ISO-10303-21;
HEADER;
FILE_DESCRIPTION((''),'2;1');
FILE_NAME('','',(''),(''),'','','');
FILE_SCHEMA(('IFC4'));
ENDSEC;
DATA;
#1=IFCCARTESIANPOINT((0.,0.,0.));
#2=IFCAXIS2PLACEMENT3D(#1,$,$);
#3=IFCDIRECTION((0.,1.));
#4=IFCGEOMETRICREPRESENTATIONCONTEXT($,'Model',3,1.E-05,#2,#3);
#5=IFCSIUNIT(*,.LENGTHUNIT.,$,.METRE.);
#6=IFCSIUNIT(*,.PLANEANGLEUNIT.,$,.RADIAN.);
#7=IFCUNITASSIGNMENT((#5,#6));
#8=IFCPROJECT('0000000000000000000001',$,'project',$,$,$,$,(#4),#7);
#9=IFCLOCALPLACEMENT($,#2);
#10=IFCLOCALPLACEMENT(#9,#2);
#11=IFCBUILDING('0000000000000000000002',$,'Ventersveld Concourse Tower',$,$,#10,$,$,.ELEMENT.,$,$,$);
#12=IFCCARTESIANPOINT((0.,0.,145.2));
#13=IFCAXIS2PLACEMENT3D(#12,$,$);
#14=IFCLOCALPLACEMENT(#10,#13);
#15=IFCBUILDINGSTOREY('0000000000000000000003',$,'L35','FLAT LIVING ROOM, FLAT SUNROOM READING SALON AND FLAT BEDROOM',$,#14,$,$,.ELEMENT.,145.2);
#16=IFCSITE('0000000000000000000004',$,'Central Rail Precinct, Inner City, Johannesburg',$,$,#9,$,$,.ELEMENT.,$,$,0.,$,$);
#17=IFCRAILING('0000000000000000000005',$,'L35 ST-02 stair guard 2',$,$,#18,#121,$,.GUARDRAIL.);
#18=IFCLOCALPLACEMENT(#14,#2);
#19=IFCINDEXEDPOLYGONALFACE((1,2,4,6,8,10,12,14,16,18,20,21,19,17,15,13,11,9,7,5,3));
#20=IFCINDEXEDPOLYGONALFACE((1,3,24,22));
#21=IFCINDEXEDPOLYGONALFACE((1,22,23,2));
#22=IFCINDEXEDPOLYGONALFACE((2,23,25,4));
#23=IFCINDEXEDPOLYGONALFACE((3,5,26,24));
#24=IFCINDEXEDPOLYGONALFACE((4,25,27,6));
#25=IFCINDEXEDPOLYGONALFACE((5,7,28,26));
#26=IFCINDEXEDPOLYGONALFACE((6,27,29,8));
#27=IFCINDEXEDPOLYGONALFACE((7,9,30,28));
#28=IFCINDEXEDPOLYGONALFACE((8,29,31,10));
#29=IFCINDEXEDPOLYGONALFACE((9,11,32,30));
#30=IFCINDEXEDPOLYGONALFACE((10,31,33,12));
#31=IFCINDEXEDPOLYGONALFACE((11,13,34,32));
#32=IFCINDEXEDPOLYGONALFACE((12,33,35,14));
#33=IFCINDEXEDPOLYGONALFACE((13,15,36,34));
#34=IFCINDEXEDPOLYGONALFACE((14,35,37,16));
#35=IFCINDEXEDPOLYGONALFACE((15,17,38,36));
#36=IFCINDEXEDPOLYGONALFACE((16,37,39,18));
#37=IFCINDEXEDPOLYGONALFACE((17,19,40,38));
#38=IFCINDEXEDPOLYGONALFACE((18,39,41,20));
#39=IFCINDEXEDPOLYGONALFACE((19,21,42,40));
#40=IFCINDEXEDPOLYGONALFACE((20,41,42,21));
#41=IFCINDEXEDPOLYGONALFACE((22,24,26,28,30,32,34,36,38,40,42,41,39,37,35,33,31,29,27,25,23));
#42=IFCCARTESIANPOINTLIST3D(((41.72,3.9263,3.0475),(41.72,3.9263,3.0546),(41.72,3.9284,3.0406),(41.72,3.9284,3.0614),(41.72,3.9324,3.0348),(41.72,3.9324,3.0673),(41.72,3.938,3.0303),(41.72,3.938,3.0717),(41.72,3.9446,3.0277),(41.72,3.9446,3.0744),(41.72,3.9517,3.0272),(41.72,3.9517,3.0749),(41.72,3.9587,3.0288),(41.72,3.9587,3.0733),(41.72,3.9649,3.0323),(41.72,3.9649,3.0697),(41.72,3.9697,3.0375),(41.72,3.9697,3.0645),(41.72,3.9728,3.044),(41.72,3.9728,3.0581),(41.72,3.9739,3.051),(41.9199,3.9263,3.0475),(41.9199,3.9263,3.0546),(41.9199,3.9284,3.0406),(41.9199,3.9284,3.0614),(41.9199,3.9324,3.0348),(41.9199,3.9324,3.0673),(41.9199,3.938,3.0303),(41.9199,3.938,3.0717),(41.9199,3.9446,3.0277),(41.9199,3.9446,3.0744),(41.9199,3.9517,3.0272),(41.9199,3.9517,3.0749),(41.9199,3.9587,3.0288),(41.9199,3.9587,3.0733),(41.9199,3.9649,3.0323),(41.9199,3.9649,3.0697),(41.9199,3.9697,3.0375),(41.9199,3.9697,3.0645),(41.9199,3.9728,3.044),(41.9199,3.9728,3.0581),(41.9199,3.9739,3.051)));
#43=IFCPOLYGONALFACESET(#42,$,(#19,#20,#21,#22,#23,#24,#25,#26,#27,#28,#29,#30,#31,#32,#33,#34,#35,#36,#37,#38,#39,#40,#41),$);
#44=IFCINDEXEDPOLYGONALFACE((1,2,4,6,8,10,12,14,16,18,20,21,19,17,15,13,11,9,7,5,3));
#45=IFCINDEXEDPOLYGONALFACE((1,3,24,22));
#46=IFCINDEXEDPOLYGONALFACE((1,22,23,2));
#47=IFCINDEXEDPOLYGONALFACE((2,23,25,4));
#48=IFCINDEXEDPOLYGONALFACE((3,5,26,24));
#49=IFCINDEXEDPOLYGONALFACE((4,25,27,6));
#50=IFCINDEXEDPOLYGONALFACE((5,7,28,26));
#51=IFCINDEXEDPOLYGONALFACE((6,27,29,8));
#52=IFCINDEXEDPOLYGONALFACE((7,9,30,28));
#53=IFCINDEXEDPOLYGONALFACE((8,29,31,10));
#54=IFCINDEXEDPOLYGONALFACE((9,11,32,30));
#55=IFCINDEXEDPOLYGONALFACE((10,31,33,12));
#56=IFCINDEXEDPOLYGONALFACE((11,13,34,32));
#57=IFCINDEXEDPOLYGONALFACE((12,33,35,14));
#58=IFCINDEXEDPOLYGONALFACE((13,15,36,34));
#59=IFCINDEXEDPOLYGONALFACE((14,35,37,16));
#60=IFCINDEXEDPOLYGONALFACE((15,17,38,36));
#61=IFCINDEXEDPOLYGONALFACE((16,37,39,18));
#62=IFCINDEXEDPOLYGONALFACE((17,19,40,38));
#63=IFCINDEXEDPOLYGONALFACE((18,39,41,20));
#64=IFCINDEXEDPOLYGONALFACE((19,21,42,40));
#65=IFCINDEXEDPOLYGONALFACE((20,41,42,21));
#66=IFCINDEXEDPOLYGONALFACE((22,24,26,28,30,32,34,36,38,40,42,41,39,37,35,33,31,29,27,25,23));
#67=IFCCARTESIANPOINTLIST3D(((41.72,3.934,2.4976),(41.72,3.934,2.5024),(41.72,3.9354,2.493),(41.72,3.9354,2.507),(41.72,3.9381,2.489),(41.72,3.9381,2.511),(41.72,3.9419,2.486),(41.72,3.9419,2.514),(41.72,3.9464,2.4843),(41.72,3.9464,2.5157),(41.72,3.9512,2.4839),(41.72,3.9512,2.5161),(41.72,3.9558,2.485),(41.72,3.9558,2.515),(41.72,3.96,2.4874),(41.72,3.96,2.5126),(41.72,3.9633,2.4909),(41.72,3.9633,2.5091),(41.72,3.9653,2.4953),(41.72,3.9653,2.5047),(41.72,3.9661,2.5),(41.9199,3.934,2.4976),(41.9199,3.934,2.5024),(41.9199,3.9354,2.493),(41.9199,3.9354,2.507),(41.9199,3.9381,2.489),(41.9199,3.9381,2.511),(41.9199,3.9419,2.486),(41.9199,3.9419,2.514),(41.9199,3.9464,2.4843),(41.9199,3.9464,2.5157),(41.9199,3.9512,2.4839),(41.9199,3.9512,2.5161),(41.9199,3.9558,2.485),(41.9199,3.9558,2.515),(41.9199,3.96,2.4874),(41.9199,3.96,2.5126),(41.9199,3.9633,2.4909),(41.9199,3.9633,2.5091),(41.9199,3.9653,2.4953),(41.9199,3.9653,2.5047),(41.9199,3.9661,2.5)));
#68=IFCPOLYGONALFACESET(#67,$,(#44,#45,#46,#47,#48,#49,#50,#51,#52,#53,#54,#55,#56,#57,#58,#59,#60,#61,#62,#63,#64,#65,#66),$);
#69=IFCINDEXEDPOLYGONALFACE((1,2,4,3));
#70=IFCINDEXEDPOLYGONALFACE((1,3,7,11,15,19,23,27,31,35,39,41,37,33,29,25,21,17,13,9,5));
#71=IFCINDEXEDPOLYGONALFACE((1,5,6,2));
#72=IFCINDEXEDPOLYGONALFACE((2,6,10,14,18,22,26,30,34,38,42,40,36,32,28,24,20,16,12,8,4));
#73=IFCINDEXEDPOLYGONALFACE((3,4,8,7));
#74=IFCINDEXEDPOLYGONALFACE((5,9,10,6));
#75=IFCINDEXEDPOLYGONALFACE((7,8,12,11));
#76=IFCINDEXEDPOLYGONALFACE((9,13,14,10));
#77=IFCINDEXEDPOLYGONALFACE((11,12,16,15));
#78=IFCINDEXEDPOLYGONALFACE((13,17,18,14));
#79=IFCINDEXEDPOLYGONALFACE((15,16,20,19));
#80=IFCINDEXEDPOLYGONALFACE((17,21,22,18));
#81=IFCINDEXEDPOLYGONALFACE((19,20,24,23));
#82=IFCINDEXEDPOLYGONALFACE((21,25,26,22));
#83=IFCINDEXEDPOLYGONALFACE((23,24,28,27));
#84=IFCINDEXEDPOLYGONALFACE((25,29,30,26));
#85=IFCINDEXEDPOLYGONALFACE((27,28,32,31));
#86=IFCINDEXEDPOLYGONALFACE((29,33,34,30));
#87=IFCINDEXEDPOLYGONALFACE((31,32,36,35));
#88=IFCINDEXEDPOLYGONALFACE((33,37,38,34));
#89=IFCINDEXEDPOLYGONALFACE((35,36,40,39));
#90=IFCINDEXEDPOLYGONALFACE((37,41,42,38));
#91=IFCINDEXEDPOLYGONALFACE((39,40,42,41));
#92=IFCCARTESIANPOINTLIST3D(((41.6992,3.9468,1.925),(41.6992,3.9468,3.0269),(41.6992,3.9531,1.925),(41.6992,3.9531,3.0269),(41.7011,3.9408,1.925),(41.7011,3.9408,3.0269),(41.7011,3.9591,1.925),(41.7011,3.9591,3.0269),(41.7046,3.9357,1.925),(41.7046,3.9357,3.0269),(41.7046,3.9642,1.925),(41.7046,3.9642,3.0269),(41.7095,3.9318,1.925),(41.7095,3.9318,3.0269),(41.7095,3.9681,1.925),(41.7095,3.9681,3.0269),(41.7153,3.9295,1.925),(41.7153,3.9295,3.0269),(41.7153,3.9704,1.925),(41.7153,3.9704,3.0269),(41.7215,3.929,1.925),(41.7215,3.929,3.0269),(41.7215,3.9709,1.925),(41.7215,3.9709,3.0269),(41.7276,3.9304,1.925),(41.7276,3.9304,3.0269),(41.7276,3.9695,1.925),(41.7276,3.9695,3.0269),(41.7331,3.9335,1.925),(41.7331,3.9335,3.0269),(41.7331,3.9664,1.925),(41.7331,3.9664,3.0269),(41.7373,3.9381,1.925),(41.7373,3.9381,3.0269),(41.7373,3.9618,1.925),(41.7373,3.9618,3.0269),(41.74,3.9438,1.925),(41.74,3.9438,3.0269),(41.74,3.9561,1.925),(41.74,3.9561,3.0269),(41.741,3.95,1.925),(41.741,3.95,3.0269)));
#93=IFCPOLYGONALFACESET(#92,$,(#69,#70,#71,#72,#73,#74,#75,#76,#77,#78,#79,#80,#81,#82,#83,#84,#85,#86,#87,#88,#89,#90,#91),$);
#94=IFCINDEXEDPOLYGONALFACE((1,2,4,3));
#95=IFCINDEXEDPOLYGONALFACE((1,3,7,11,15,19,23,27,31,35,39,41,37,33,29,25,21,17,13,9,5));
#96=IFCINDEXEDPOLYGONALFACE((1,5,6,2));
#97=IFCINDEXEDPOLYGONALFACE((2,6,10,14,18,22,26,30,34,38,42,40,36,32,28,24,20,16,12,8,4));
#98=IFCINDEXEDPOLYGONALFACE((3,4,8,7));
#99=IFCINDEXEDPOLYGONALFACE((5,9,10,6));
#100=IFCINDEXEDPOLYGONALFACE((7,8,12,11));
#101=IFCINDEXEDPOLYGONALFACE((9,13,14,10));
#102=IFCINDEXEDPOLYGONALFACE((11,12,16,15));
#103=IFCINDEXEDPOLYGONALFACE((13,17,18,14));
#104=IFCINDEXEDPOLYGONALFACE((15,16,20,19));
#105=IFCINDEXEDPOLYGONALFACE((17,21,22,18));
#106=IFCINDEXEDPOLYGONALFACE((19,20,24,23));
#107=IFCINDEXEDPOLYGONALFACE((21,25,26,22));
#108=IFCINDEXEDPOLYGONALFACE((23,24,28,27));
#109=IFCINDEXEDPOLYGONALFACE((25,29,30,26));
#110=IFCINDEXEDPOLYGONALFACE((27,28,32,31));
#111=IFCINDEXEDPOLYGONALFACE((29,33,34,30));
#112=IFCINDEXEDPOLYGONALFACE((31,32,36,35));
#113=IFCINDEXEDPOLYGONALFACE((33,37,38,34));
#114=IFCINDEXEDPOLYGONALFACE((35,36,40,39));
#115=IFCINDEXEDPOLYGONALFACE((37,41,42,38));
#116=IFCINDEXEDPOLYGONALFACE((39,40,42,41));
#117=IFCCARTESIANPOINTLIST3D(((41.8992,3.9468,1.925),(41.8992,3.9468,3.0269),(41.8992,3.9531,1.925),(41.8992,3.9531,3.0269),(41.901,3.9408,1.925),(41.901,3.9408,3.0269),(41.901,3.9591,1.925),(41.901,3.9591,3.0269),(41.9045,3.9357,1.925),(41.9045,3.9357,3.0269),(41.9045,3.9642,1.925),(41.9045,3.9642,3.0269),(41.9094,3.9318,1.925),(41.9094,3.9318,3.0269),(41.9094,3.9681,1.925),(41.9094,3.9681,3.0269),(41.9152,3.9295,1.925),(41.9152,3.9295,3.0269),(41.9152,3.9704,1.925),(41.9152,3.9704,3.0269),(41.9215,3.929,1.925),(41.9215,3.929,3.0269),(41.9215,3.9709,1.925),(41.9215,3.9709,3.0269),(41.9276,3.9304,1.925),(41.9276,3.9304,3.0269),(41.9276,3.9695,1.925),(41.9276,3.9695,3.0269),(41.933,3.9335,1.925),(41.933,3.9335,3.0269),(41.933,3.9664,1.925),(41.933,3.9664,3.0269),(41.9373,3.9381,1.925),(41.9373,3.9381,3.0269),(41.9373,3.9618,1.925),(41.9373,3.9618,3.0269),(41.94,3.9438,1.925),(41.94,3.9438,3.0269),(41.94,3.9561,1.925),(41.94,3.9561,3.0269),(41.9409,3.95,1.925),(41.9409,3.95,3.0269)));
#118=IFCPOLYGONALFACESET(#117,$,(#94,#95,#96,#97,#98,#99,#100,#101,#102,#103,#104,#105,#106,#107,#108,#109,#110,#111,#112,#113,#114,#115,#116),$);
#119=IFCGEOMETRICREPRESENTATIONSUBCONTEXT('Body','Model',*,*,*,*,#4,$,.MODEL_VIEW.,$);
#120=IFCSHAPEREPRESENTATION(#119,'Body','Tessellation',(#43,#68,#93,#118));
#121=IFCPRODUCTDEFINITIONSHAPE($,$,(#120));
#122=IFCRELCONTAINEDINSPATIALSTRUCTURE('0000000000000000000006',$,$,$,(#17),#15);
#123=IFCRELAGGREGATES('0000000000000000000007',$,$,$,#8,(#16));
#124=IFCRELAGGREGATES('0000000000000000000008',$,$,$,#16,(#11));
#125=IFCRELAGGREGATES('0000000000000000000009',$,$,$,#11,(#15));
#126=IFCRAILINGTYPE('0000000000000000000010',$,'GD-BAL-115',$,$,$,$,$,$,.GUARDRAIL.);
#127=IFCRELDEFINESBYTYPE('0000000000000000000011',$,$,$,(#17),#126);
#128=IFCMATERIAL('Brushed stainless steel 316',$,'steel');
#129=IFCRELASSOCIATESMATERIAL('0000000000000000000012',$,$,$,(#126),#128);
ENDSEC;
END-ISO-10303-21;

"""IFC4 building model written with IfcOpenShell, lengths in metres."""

from ifc_helpers import new_model, si_unit, direction, frame, origin, origin_2d, place, context, subcontext, project, spatial, circle, extrude, material, type_object, element, save


model = new_model("IFC4")

# Units and contexts
model_context = context("Model", 3, precision=1e-05, world=origin(), true_north=direction((0.0, 1.0)))
body_context = subcontext(model_context, "Body", "Model", "MODEL_VIEW")
ifc_project = project(units=[si_unit("LENGTHUNIT", "METRE"), si_unit("PLANEANGLEUNIT", "RADIAN")], contexts=[model_context])

# Site, building, storey
site_placement = place(None, origin())
site = spatial("IfcSite", under=ifc_project, at=site_placement, Name="Central Rail Precinct, Inner City, Johannesburg", CompositionType="ELEMENT", RefElevation=0.0)
building_placement = place(site_placement, origin())
building = spatial("IfcBuilding", under=site, at=building_placement, Name="Ventersveld Concourse Tower", CompositionType="ELEMENT")
storey_placement = place(building_placement, frame((0.0, 0.0, 145.2)))
storey = spatial("IfcBuildingStorey", under=building, at=storey_placement, Name="L35", Description="FLAT LIVING ROOM, FLAT SUNROOM READING SALON AND FLAT BEDROOM", CompositionType="ELEMENT", Elevation=145.2)

# Railing
ifc_material_1 = material(Name="Brushed stainless steel 316", Category="steel")
railing_type_1 = type_object("IfcRailingType", Name="GD-BAL-115", PredefinedType="GUARDRAIL", material=ifc_material_1)
railing_1_placement = place(storey_placement, frame((41.72, 3.95, 1.925)))
element("IfcRailing", 1, at=railing_1_placement, inside=storey, type_object=railing_type_1, Name="L35 ST-02 stair guard 2", PredefinedType="GUARDRAIL", context=body_context, shape_type="SweptSolid", body=[
    extrude(circle(Radius=0.0239, at=origin_2d()), frame((0.0, 0.0, 1.126), z_axis=(1.0, 0.0, 0.0), x_axis=(0.0, 1.0, 0.0)), (0.0, 0.0, 1.0), 0.2),
    extrude(circle(Radius=0.0161, at=origin_2d()), frame((0.0, 0.0, 0.575), z_axis=(1.0, 0.0, 0.0), x_axis=(0.0, 1.0, 0.0)), (0.0, 0.0, 1.0), 0.2),
    extrude(circle(Radius=0.021, at=origin_2d()), origin(), (0.0, 0.0, 1.0), 1.1018),
    extrude(circle(Radius=0.021, at=origin_2d()), frame((0.2, 0.0, 0.0)), (0.0, 0.0, 1.0), 1.1018),
])

save(model, "model.ifc")
